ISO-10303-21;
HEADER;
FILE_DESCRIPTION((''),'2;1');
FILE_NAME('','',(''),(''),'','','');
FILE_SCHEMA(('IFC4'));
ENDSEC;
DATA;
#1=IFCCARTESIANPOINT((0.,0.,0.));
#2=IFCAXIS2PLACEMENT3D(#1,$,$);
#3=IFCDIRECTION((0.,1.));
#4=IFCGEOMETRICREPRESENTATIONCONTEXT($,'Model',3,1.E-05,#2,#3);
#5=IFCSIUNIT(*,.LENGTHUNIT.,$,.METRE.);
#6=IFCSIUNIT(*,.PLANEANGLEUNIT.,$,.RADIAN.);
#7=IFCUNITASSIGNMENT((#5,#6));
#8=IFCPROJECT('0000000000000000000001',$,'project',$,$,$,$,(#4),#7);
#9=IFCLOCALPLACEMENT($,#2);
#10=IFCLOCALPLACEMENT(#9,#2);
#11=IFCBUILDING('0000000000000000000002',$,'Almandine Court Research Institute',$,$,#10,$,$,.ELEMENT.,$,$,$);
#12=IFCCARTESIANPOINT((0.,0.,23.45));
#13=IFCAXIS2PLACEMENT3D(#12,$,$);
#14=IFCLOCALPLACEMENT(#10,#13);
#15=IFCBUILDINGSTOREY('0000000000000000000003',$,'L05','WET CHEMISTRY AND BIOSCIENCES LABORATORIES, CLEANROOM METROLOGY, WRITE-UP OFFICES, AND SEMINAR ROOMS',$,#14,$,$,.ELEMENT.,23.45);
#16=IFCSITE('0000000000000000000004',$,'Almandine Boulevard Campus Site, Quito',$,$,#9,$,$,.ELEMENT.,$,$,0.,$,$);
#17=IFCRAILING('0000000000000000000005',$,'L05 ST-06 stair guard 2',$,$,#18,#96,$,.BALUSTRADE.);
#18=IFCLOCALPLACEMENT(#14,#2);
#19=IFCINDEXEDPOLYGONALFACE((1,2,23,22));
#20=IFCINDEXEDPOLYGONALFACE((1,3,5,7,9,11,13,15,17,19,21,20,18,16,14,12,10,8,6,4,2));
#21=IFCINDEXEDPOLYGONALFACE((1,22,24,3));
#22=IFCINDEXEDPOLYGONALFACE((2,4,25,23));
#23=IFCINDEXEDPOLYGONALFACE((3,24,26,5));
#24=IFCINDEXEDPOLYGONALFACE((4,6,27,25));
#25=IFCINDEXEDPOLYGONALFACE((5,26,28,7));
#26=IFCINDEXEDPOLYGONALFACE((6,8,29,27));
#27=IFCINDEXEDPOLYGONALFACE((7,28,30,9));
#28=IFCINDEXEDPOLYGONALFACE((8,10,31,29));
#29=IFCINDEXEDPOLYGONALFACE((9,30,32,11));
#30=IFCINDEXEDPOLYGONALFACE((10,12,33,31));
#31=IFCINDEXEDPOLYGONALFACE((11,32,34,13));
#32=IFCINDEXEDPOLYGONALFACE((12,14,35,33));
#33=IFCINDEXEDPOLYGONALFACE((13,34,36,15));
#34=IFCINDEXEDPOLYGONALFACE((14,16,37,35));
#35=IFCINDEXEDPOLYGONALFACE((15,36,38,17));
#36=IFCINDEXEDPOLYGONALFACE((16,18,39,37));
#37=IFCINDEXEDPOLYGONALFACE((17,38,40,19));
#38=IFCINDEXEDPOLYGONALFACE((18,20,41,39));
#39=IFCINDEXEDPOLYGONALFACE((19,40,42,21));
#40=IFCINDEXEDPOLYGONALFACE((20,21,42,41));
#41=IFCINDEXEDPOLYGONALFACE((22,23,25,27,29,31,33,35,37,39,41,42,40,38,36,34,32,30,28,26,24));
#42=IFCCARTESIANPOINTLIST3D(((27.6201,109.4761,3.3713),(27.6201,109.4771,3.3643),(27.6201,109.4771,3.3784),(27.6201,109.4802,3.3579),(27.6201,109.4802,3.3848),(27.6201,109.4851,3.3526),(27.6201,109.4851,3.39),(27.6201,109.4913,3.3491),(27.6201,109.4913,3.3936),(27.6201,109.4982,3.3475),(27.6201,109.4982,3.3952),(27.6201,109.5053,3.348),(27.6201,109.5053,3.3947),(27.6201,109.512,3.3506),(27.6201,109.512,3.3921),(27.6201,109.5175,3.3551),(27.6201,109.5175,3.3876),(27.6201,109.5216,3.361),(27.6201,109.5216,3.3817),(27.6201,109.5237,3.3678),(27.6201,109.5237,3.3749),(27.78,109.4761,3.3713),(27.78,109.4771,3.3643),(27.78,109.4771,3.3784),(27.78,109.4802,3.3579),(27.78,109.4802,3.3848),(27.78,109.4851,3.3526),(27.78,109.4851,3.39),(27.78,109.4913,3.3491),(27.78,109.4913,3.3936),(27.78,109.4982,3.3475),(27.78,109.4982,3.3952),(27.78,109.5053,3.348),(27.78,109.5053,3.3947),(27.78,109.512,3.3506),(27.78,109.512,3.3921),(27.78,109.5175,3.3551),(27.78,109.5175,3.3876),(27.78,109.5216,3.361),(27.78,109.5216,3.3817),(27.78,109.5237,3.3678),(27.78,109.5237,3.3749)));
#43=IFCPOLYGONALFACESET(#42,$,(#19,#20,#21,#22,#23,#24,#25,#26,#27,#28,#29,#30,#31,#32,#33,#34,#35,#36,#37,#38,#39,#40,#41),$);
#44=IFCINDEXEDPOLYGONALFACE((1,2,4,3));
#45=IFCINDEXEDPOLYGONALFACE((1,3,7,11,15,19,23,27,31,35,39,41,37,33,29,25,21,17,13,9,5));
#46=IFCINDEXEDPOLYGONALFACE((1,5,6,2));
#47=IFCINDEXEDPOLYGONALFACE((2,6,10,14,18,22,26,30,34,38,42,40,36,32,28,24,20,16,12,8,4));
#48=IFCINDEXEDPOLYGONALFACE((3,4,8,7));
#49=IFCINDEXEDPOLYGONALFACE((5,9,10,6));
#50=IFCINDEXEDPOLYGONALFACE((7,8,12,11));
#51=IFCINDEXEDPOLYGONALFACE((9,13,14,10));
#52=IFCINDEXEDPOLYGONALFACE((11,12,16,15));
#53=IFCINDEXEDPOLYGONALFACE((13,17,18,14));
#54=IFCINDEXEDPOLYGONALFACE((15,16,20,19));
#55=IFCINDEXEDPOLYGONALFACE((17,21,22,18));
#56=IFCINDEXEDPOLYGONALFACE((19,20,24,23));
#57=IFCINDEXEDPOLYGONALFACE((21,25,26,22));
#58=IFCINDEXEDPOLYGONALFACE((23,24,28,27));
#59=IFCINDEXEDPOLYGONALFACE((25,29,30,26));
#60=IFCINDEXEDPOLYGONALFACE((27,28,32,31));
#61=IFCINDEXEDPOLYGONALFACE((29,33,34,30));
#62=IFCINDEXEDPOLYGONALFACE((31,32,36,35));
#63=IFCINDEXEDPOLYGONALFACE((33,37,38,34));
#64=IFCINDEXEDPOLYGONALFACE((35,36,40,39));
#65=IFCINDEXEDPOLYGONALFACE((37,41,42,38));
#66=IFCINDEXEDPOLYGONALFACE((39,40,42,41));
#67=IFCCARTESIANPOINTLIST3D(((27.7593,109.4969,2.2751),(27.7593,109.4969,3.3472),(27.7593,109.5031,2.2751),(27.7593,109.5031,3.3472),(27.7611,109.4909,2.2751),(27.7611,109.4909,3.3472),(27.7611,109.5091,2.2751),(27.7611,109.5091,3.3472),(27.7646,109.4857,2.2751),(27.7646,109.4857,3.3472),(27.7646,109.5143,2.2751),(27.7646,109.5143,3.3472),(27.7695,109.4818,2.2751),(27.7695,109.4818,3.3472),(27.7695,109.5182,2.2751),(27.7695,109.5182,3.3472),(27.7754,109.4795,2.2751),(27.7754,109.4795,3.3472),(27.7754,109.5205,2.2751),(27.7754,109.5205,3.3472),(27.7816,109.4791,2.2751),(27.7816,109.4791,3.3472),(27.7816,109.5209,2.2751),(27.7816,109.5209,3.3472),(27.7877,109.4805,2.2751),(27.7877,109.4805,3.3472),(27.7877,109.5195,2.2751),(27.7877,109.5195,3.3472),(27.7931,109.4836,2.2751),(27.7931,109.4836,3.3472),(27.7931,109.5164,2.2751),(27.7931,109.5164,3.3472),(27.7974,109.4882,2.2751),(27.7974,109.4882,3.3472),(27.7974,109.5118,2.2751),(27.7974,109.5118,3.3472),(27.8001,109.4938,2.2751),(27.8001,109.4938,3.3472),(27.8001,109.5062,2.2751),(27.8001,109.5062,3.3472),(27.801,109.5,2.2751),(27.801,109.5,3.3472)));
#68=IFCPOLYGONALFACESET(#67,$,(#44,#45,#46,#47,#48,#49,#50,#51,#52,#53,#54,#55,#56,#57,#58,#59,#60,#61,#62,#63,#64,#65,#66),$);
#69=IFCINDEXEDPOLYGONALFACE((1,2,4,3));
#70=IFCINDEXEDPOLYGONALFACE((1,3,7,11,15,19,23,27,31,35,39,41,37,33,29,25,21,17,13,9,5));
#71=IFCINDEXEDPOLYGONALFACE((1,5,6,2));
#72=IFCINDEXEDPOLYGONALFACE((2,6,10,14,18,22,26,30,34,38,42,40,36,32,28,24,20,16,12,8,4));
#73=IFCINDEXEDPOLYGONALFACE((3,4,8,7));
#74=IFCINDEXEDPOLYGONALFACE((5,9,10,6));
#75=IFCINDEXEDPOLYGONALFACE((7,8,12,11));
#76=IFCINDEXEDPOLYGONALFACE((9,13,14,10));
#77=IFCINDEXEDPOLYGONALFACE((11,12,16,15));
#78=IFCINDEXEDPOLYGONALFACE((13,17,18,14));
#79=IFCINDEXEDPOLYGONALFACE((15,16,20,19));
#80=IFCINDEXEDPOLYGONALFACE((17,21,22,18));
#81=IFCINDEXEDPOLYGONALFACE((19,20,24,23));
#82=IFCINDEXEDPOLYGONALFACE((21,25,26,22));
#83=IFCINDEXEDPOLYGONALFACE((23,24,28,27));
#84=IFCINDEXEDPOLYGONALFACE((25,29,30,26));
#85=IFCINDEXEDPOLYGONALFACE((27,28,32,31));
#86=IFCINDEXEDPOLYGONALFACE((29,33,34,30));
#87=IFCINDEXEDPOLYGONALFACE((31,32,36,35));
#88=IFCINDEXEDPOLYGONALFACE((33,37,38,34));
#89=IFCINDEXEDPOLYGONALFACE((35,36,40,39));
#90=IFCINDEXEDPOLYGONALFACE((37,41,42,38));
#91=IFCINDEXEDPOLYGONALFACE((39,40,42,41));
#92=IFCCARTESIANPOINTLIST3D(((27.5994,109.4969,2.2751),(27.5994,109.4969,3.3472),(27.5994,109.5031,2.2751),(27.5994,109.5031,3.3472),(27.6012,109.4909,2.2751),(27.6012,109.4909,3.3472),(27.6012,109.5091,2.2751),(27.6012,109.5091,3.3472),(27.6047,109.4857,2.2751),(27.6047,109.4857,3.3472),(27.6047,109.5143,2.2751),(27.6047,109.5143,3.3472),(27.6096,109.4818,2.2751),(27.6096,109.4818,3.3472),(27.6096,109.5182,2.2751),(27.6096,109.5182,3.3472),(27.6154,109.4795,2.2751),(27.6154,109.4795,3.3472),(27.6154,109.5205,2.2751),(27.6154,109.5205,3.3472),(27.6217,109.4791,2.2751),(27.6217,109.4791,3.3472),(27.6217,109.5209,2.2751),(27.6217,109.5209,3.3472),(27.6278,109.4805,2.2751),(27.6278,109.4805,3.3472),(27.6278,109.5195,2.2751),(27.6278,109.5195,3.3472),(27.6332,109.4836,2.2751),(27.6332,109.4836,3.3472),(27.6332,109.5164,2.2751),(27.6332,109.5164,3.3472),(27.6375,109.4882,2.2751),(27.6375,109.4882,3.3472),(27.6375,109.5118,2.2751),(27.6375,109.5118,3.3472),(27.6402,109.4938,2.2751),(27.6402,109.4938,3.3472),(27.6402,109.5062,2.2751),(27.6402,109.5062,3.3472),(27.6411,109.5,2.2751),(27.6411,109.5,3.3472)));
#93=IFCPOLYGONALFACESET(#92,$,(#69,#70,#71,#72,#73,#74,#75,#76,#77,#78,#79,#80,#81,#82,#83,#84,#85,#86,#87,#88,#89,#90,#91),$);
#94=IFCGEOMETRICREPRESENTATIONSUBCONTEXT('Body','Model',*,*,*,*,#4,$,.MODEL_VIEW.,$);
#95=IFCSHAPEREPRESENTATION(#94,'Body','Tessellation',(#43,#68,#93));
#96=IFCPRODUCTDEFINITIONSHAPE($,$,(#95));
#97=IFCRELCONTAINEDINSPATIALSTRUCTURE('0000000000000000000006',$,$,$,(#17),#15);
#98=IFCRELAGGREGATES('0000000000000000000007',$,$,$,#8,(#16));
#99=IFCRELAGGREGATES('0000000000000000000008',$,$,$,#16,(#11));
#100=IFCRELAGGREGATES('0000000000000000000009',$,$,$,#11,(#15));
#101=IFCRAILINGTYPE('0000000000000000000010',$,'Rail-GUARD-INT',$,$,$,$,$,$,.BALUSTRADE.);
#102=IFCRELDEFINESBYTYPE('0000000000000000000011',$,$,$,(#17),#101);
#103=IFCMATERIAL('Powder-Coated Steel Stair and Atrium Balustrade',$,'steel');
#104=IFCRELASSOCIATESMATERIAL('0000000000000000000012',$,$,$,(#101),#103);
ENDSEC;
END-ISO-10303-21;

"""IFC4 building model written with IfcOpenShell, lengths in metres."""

from ifc_helpers import new_model, si_unit, direction, frame, origin, origin_2d, place, context, subcontext, project, spatial, circle, extrude, material, type_object, element, save


model = new_model("IFC4")

# Units and contexts
model_context = context("Model", 3, precision=1e-05, world=origin(), true_north=direction((0.0, 1.0)))
body_context = subcontext(model_context, "Body", "Model", "MODEL_VIEW")
ifc_project = project(units=[si_unit("LENGTHUNIT", "METRE"), si_unit("PLANEANGLEUNIT", "RADIAN")], contexts=[model_context])

# Site, building, storey
site_placement = place(None, origin())
site = spatial("IfcSite", under=ifc_project, at=site_placement, Name="Almandine Boulevard Campus Site, Quito", CompositionType="ELEMENT", RefElevation=0.0)
building_placement = place(site_placement, origin())
building = spatial("IfcBuilding", under=site, at=building_placement, Name="Almandine Court Research Institute", CompositionType="ELEMENT")
storey_placement = place(building_placement, frame((0.0, 0.0, 23.45)))
storey = spatial("IfcBuildingStorey", under=building, at=storey_placement, Name="L05", Description="WET CHEMISTRY AND BIOSCIENCES LABORATORIES, CLEANROOM METROLOGY, WRITE-UP OFFICES, AND SEMINAR ROOMS", CompositionType="ELEMENT", Elevation=23.45)

# Railing
ifc_material_1 = material(Name="Powder-Coated Steel Stair and Atrium Balustrade", Category="steel")
railing_type_1 = type_object("IfcRailingType", Name="Rail-GUARD-INT", PredefinedType="BALUSTRADE", material=ifc_material_1)
railing_1_placement = place(storey_placement, frame((27.78, 109.5, 2.2751)))
element("IfcRailing", 1, at=railing_1_placement, inside=storey, type_object=railing_type_1, Name="L05 ST-06 stair guard 2", PredefinedType="BALUSTRADE", context=body_context, shape_type="SweptSolid", body=[
    extrude(circle(Radius=0.0239, at=origin_2d()), frame((0.0, 0.0, 1.0962), z_axis=(-1.0, 0.0, 0.0), x_axis=(0.0, -1.0, 0.0)), (0.0, 0.0, 1.0), 0.1599),
    extrude(circle(Radius=0.021, at=origin_2d()), origin(), (0.0, 0.0, 1.0), 1.072),
    extrude(circle(Radius=0.021, at=origin_2d()), frame((-0.1599, 0.0, 0.0)), (0.0, 0.0, 1.0), 1.072),
])

save(model, "model.ifc")
